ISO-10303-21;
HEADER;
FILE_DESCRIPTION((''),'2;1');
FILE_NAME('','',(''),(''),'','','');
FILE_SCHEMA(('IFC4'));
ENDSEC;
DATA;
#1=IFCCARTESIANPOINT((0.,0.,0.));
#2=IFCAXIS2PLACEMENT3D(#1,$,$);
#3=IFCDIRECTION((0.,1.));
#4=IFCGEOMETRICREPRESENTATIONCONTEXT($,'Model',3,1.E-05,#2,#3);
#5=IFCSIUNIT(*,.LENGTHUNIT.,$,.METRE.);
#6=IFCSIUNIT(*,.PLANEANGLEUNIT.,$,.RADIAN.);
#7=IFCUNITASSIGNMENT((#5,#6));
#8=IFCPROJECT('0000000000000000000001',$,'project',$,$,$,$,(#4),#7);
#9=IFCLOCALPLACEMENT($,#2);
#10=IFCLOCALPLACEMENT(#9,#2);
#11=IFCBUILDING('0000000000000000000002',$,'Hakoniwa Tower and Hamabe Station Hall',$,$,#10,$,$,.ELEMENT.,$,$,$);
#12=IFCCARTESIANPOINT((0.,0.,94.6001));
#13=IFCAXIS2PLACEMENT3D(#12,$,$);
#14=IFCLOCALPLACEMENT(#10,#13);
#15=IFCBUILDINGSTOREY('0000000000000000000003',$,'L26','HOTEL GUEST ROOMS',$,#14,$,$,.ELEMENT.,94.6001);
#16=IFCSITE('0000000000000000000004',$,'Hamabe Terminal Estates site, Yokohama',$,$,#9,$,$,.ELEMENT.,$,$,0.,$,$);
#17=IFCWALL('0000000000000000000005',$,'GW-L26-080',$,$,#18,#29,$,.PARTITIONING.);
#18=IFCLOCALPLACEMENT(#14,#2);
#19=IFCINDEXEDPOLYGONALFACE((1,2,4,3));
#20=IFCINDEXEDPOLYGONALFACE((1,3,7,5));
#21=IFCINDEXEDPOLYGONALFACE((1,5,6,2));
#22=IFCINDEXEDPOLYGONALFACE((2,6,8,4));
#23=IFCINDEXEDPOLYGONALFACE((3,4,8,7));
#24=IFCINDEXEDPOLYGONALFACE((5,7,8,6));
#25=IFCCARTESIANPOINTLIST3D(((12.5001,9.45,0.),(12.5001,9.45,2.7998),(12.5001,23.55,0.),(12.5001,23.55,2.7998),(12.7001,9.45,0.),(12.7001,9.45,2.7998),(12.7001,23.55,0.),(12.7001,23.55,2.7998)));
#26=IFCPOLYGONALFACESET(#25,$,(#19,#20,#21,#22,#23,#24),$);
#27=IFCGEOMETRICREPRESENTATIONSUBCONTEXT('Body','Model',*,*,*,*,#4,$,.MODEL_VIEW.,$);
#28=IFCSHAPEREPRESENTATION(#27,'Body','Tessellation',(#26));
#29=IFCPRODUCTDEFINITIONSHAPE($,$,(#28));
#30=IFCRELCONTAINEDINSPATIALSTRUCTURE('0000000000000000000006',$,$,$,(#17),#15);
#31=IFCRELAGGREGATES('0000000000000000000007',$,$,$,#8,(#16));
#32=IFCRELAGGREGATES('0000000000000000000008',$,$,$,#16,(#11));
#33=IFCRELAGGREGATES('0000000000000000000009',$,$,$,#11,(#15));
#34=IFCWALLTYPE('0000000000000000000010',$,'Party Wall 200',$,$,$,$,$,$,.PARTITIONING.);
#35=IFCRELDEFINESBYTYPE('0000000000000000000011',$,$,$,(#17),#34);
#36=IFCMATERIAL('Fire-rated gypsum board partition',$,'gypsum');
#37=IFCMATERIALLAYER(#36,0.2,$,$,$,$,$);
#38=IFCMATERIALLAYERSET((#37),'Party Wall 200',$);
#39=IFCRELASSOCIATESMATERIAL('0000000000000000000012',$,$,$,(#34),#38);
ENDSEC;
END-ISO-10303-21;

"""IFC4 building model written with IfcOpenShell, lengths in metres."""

from ifc_helpers import new_model, si_unit, direction, frame, frame_2d, origin, place, context, subcontext, project, spatial, rectangle, extrude, material, layer, layer_set, type_object, element, save


model = new_model("IFC4")

# Units and contexts
model_context = context("Model", 3, precision=1e-05, world=origin(), true_north=direction((0.0, 1.0)))
body_context = subcontext(model_context, "Body", "Model", "MODEL_VIEW")
ifc_project = project(units=[si_unit("LENGTHUNIT", "METRE"), si_unit("PLANEANGLEUNIT", "RADIAN")], contexts=[model_context])

# Site, building, storey
site_placement = place(None, origin())
site = spatial("IfcSite", under=ifc_project, at=site_placement, Name="Hamabe Terminal Estates site, Yokohama", CompositionType="ELEMENT", RefElevation=0.0)
building_placement = place(site_placement, origin())
building = spatial("IfcBuilding", under=site, at=building_placement, Name="Hakoniwa Tower and Hamabe Station Hall", CompositionType="ELEMENT")
storey_placement = place(building_placement, frame((0.0, 0.0, 94.6001)))
storey = spatial("IfcBuildingStorey", under=building, at=storey_placement, Name="L26", Description="HOTEL GUEST ROOMS", CompositionType="ELEMENT", Elevation=94.6001)

# Wall
ifc_material_1 = material(Name="Fire-rated gypsum board partition", Category="gypsum")
ifc_layer_1 = layer(ifc_material_1, 0.2)
ifc_layer_set_1 = layer_set([ifc_layer_1], Name="Party Wall 200")
wall_type_1 = type_object("IfcWallType", Name="Party Wall 200", PredefinedType="PARTITIONING", material=ifc_layer_set_1)
wall_1_placement = place(storey_placement, frame((12.6001, 9.45, 0.0), z_axis=(0.0, 0.0, 1.0), x_axis=(0.0, 1.0, 0.0)))
element("IfcWall", 1, at=wall_1_placement, inside=storey, type_object=wall_type_1, Name="GW-L26-080", PredefinedType="PARTITIONING", context=body_context, shape_type="SweptSolid", body=[
    extrude(rectangle(XDim=14.1001, YDim=0.2, at=frame_2d((7.05, 0.0))), origin(), (0.0, 0.0, 1.0), 2.7998),
])

save(model, "model.ifc")
